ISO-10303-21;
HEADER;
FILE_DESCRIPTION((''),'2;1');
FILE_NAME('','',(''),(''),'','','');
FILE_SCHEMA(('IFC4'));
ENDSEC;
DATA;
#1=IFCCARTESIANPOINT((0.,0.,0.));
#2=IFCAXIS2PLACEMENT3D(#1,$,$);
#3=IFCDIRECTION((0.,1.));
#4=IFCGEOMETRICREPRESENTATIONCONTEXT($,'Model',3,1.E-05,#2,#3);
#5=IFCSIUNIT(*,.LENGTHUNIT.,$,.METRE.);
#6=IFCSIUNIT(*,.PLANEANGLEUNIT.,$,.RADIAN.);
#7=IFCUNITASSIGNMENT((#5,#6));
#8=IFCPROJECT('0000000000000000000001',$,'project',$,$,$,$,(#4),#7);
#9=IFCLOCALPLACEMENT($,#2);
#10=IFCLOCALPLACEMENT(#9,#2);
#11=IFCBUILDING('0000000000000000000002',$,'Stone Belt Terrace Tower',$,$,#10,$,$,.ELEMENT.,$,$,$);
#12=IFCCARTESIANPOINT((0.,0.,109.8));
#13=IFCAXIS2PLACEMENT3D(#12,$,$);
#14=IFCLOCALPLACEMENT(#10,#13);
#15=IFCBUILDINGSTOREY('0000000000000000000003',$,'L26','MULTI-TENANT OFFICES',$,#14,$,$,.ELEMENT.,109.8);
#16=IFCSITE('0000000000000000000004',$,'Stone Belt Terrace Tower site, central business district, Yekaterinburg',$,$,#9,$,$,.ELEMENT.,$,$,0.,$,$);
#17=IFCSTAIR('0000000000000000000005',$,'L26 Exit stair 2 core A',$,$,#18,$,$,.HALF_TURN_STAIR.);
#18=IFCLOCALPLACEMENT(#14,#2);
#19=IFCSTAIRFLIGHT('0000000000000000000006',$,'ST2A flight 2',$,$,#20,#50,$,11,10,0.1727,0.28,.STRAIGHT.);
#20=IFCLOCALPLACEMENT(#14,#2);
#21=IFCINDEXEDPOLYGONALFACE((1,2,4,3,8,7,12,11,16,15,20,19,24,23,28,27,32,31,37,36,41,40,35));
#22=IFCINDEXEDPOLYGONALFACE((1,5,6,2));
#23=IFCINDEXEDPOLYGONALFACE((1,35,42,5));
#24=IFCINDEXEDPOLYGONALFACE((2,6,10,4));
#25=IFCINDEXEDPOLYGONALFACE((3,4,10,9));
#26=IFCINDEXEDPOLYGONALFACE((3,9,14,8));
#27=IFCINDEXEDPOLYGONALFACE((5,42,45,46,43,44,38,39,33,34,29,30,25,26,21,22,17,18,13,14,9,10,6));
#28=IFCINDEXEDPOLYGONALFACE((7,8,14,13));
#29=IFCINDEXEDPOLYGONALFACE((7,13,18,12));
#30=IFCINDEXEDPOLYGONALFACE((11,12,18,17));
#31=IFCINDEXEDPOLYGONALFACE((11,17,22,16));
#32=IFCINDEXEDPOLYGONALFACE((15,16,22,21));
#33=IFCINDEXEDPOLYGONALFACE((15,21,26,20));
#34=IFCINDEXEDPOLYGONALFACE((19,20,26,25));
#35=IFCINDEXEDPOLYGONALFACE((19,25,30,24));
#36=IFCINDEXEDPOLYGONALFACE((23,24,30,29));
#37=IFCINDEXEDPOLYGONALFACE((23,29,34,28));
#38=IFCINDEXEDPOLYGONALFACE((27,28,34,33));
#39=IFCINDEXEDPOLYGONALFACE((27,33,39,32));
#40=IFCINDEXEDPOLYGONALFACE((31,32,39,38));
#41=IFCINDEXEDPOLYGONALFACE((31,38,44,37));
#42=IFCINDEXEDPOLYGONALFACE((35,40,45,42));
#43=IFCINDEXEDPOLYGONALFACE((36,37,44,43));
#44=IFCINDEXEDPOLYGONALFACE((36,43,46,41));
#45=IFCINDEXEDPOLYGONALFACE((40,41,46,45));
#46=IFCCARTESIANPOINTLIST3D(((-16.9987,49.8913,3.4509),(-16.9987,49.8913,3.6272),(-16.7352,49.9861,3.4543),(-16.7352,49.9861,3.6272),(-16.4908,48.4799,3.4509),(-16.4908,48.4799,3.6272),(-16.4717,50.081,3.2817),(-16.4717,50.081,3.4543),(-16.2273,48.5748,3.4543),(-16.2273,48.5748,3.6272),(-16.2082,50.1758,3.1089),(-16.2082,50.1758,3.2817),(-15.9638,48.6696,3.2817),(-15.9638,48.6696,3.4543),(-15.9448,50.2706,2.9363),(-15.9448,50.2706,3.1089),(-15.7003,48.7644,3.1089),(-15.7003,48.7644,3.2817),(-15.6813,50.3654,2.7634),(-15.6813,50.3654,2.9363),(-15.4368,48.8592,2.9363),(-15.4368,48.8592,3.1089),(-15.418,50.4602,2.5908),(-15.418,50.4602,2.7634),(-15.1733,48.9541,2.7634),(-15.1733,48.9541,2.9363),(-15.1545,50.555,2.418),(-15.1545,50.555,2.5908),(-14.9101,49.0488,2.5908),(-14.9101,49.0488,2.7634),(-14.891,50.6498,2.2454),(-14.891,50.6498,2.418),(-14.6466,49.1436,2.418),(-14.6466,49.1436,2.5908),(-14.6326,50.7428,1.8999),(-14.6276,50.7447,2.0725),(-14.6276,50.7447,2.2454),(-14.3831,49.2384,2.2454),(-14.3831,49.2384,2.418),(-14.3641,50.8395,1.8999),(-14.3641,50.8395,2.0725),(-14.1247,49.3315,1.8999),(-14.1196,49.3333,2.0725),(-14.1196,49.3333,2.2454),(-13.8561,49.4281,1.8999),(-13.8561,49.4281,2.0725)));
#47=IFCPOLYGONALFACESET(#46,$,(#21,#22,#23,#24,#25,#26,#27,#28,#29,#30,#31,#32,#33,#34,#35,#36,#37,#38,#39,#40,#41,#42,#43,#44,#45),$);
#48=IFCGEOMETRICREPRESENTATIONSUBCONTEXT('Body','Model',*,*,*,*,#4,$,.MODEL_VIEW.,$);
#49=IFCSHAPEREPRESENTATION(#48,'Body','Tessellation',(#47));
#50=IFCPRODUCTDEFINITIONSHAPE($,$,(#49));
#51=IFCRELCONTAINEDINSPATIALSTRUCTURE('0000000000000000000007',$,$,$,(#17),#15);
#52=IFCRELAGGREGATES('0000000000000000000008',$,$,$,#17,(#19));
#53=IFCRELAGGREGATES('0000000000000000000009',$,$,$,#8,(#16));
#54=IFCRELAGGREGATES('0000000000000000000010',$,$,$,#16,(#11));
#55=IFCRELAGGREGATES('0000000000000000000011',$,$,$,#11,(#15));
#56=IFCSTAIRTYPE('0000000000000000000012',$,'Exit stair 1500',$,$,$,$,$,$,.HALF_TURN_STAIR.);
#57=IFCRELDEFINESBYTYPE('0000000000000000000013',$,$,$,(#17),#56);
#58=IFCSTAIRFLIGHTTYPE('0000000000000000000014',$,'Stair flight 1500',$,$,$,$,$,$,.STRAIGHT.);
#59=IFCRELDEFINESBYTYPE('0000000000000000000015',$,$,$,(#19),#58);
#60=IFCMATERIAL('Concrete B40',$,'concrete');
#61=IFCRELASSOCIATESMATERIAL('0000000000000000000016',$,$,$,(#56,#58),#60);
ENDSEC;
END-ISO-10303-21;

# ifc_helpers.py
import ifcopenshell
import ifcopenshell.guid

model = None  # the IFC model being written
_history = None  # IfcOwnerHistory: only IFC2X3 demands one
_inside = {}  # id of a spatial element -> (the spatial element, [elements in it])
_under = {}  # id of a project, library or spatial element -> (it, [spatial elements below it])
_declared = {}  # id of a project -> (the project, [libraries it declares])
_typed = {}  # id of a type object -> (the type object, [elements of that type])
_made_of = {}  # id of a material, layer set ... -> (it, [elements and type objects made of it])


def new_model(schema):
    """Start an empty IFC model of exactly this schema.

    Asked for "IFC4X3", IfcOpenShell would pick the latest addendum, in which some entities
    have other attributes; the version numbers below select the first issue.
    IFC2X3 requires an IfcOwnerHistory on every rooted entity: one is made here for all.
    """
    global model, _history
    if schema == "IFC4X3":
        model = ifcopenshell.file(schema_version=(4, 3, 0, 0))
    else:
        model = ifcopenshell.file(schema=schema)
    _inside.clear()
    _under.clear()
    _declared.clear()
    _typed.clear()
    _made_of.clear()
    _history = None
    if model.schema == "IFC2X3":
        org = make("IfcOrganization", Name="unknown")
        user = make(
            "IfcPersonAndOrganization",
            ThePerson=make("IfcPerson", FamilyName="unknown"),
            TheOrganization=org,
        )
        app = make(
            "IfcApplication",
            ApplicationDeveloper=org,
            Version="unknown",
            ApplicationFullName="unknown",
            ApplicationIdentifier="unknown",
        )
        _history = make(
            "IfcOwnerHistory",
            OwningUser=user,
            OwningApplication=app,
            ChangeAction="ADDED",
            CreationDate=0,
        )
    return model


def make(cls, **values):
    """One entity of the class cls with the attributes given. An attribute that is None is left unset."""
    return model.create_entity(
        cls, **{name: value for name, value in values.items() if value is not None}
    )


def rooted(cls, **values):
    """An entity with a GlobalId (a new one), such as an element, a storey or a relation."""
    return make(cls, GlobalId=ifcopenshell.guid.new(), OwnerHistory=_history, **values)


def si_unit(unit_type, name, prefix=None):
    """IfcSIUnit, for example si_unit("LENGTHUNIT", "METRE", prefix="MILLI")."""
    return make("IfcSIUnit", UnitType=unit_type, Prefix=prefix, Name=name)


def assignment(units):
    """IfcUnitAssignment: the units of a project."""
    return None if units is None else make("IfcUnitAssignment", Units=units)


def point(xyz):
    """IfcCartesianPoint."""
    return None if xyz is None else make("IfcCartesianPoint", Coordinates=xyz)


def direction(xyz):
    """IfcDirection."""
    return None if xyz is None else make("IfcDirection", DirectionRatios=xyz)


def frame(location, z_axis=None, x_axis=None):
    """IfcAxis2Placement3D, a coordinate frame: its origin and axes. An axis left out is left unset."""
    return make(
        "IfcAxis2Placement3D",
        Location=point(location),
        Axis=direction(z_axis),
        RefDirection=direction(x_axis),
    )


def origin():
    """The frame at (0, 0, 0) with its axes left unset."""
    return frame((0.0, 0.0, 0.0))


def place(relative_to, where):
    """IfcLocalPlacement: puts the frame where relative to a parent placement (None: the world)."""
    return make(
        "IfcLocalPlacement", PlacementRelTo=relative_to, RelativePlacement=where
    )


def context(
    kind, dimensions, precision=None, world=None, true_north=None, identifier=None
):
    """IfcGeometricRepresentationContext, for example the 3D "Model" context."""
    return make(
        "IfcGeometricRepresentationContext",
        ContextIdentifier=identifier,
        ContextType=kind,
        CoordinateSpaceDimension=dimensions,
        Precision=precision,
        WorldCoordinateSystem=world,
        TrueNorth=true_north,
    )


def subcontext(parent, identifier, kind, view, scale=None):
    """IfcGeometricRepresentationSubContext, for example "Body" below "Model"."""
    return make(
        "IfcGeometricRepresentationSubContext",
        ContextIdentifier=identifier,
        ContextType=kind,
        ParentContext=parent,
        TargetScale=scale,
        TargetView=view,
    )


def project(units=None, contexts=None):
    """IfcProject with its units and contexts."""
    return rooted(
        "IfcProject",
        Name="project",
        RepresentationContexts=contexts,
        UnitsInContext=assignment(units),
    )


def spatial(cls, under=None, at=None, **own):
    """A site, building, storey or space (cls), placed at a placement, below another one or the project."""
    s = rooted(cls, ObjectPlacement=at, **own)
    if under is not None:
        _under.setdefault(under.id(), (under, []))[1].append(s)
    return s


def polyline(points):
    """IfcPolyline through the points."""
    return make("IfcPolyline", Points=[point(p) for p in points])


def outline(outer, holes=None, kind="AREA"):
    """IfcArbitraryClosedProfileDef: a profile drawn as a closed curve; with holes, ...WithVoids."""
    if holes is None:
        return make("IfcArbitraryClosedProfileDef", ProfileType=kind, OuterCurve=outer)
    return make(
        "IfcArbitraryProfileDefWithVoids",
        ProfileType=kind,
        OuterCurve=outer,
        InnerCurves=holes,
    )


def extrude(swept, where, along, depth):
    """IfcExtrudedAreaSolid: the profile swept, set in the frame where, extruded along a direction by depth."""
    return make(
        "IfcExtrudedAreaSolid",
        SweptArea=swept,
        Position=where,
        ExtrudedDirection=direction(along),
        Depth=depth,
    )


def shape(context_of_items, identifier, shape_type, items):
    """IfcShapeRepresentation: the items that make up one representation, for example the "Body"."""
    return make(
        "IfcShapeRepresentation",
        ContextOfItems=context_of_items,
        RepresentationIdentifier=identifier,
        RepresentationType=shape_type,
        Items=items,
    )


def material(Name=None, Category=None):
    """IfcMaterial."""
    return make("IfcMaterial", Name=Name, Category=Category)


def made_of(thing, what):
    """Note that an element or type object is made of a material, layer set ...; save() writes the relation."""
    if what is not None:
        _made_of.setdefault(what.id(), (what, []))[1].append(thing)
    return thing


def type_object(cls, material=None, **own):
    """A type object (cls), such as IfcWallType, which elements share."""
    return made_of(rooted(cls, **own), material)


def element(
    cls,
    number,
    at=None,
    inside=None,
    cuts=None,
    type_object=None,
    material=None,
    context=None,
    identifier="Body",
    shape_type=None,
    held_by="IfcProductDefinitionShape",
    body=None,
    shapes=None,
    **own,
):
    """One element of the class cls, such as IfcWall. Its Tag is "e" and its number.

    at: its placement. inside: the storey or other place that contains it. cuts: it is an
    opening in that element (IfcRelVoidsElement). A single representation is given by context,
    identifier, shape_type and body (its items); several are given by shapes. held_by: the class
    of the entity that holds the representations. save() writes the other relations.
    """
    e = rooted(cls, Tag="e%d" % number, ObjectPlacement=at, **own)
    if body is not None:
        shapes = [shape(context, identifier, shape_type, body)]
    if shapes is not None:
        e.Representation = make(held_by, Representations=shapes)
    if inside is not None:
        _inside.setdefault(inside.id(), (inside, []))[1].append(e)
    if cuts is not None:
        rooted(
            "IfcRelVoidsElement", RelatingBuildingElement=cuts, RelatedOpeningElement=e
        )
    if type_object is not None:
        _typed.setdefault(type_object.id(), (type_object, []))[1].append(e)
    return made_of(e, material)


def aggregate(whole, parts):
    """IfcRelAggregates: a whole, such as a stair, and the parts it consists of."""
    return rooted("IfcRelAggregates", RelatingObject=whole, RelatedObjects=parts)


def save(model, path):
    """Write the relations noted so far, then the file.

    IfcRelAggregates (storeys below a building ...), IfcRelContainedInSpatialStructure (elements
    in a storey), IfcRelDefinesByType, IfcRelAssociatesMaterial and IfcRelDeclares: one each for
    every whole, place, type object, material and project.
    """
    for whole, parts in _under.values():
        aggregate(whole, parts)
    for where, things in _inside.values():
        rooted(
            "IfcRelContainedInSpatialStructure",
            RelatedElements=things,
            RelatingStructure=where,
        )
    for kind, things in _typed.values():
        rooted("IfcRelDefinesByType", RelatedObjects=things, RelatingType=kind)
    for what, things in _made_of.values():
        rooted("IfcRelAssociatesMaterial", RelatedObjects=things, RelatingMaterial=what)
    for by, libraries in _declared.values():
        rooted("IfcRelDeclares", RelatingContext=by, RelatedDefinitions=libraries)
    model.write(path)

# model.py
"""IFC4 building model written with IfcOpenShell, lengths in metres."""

from ifc_helpers import new_model, si_unit, direction, frame, origin, place, context, subcontext, project, spatial, polyline, outline, extrude, material, type_object, element, aggregate, save


model = new_model("IFC4")

# Units and contexts
model_context = context("Model", 3, precision=1e-05, world=origin(), true_north=direction((0.0, 1.0)))
body_context = subcontext(model_context, "Body", "Model", "MODEL_VIEW")
ifc_project = project(units=[si_unit("LENGTHUNIT", "METRE"), si_unit("PLANEANGLEUNIT", "RADIAN")], contexts=[model_context])

# Site, building, storey
site_placement = place(None, origin())
site = spatial("IfcSite", under=ifc_project, at=site_placement, Name="Stone Belt Terrace Tower site, central business district, Yekaterinburg", CompositionType="ELEMENT", RefElevation=0.0)
building_placement = place(site_placement, origin())
building = spatial("IfcBuilding", under=site, at=building_placement, Name="Stone Belt Terrace Tower", CompositionType="ELEMENT")
storey_placement = place(building_placement, frame((0.0, 0.0, 109.8)))
storey = spatial("IfcBuildingStorey", under=building, at=storey_placement, Name="L26", Description="MULTI-TENANT OFFICES", CompositionType="ELEMENT", Elevation=109.8)

# Stair, stair flight
ifc_material_1 = material(Name="Concrete B40", Category="concrete")
stair_type = type_object("IfcStairType", Name="Exit stair 1500", PredefinedType="HALF_TURN_STAIR", material=ifc_material_1)
stair_placement = place(storey_placement, origin())
stair = element("IfcStair", 1, at=stair_placement, inside=storey, type_object=stair_type, Name="L26 Exit stair 2 core A", PredefinedType="HALF_TURN_STAIR")
stair_flight_type = type_object("IfcStairFlightType", Name="Stair flight 1500", PredefinedType="STRAIGHT", material=ifc_material_1)
stair_flight_placement = place(storey_placement, frame((-14.1101, 50.1338, 1.8999), z_axis=(0.0, 0.0, 1.0), x_axis=(-0.940922, -0.338624, 0.0)))
stair_flight = element("IfcStairFlight", 2, at=stair_flight_placement, type_object=stair_flight_type, Name="ST2A flight 2", NumberOfRisers=11, NumberOfTreads=10, PredefinedType="STRAIGHT", RiserHeight=0.1727, TreadLength=0.28, context=body_context, shape_type="SweptSolid", body=[
    extrude(outline(polyline([(0.0, 0.0), (0.0, 0.1726), (0.28, 0.1726), (0.28, 0.3455), (0.5601, 0.3455), (0.5601, 0.5181), (0.8401, 0.5181), (0.8401, 0.6909), (1.1201, 0.6909), (1.1201, 0.8635), (1.3999, 0.8635), (1.3999, 1.0364), (1.6799, 1.0364), (1.6799, 1.209), (1.96, 1.209), (1.96, 1.3818), (2.24, 1.3818), (2.24, 1.5544), (2.52, 1.5544), (2.52, 1.7273), (2.8, 1.7273), (2.8, 1.8999), (2.8, 1.551), (0.2854, 0.0), (0.0, 0.0)])), frame((0.0, 0.75, 0.0), z_axis=(0.0, -1.0, 0.0), x_axis=(1.0, 0.0, 0.0)), (0.0, 0.0, 1.0), 1.5),
])
aggregate(stair, [stair_flight])

save(model, "model.ifc")
